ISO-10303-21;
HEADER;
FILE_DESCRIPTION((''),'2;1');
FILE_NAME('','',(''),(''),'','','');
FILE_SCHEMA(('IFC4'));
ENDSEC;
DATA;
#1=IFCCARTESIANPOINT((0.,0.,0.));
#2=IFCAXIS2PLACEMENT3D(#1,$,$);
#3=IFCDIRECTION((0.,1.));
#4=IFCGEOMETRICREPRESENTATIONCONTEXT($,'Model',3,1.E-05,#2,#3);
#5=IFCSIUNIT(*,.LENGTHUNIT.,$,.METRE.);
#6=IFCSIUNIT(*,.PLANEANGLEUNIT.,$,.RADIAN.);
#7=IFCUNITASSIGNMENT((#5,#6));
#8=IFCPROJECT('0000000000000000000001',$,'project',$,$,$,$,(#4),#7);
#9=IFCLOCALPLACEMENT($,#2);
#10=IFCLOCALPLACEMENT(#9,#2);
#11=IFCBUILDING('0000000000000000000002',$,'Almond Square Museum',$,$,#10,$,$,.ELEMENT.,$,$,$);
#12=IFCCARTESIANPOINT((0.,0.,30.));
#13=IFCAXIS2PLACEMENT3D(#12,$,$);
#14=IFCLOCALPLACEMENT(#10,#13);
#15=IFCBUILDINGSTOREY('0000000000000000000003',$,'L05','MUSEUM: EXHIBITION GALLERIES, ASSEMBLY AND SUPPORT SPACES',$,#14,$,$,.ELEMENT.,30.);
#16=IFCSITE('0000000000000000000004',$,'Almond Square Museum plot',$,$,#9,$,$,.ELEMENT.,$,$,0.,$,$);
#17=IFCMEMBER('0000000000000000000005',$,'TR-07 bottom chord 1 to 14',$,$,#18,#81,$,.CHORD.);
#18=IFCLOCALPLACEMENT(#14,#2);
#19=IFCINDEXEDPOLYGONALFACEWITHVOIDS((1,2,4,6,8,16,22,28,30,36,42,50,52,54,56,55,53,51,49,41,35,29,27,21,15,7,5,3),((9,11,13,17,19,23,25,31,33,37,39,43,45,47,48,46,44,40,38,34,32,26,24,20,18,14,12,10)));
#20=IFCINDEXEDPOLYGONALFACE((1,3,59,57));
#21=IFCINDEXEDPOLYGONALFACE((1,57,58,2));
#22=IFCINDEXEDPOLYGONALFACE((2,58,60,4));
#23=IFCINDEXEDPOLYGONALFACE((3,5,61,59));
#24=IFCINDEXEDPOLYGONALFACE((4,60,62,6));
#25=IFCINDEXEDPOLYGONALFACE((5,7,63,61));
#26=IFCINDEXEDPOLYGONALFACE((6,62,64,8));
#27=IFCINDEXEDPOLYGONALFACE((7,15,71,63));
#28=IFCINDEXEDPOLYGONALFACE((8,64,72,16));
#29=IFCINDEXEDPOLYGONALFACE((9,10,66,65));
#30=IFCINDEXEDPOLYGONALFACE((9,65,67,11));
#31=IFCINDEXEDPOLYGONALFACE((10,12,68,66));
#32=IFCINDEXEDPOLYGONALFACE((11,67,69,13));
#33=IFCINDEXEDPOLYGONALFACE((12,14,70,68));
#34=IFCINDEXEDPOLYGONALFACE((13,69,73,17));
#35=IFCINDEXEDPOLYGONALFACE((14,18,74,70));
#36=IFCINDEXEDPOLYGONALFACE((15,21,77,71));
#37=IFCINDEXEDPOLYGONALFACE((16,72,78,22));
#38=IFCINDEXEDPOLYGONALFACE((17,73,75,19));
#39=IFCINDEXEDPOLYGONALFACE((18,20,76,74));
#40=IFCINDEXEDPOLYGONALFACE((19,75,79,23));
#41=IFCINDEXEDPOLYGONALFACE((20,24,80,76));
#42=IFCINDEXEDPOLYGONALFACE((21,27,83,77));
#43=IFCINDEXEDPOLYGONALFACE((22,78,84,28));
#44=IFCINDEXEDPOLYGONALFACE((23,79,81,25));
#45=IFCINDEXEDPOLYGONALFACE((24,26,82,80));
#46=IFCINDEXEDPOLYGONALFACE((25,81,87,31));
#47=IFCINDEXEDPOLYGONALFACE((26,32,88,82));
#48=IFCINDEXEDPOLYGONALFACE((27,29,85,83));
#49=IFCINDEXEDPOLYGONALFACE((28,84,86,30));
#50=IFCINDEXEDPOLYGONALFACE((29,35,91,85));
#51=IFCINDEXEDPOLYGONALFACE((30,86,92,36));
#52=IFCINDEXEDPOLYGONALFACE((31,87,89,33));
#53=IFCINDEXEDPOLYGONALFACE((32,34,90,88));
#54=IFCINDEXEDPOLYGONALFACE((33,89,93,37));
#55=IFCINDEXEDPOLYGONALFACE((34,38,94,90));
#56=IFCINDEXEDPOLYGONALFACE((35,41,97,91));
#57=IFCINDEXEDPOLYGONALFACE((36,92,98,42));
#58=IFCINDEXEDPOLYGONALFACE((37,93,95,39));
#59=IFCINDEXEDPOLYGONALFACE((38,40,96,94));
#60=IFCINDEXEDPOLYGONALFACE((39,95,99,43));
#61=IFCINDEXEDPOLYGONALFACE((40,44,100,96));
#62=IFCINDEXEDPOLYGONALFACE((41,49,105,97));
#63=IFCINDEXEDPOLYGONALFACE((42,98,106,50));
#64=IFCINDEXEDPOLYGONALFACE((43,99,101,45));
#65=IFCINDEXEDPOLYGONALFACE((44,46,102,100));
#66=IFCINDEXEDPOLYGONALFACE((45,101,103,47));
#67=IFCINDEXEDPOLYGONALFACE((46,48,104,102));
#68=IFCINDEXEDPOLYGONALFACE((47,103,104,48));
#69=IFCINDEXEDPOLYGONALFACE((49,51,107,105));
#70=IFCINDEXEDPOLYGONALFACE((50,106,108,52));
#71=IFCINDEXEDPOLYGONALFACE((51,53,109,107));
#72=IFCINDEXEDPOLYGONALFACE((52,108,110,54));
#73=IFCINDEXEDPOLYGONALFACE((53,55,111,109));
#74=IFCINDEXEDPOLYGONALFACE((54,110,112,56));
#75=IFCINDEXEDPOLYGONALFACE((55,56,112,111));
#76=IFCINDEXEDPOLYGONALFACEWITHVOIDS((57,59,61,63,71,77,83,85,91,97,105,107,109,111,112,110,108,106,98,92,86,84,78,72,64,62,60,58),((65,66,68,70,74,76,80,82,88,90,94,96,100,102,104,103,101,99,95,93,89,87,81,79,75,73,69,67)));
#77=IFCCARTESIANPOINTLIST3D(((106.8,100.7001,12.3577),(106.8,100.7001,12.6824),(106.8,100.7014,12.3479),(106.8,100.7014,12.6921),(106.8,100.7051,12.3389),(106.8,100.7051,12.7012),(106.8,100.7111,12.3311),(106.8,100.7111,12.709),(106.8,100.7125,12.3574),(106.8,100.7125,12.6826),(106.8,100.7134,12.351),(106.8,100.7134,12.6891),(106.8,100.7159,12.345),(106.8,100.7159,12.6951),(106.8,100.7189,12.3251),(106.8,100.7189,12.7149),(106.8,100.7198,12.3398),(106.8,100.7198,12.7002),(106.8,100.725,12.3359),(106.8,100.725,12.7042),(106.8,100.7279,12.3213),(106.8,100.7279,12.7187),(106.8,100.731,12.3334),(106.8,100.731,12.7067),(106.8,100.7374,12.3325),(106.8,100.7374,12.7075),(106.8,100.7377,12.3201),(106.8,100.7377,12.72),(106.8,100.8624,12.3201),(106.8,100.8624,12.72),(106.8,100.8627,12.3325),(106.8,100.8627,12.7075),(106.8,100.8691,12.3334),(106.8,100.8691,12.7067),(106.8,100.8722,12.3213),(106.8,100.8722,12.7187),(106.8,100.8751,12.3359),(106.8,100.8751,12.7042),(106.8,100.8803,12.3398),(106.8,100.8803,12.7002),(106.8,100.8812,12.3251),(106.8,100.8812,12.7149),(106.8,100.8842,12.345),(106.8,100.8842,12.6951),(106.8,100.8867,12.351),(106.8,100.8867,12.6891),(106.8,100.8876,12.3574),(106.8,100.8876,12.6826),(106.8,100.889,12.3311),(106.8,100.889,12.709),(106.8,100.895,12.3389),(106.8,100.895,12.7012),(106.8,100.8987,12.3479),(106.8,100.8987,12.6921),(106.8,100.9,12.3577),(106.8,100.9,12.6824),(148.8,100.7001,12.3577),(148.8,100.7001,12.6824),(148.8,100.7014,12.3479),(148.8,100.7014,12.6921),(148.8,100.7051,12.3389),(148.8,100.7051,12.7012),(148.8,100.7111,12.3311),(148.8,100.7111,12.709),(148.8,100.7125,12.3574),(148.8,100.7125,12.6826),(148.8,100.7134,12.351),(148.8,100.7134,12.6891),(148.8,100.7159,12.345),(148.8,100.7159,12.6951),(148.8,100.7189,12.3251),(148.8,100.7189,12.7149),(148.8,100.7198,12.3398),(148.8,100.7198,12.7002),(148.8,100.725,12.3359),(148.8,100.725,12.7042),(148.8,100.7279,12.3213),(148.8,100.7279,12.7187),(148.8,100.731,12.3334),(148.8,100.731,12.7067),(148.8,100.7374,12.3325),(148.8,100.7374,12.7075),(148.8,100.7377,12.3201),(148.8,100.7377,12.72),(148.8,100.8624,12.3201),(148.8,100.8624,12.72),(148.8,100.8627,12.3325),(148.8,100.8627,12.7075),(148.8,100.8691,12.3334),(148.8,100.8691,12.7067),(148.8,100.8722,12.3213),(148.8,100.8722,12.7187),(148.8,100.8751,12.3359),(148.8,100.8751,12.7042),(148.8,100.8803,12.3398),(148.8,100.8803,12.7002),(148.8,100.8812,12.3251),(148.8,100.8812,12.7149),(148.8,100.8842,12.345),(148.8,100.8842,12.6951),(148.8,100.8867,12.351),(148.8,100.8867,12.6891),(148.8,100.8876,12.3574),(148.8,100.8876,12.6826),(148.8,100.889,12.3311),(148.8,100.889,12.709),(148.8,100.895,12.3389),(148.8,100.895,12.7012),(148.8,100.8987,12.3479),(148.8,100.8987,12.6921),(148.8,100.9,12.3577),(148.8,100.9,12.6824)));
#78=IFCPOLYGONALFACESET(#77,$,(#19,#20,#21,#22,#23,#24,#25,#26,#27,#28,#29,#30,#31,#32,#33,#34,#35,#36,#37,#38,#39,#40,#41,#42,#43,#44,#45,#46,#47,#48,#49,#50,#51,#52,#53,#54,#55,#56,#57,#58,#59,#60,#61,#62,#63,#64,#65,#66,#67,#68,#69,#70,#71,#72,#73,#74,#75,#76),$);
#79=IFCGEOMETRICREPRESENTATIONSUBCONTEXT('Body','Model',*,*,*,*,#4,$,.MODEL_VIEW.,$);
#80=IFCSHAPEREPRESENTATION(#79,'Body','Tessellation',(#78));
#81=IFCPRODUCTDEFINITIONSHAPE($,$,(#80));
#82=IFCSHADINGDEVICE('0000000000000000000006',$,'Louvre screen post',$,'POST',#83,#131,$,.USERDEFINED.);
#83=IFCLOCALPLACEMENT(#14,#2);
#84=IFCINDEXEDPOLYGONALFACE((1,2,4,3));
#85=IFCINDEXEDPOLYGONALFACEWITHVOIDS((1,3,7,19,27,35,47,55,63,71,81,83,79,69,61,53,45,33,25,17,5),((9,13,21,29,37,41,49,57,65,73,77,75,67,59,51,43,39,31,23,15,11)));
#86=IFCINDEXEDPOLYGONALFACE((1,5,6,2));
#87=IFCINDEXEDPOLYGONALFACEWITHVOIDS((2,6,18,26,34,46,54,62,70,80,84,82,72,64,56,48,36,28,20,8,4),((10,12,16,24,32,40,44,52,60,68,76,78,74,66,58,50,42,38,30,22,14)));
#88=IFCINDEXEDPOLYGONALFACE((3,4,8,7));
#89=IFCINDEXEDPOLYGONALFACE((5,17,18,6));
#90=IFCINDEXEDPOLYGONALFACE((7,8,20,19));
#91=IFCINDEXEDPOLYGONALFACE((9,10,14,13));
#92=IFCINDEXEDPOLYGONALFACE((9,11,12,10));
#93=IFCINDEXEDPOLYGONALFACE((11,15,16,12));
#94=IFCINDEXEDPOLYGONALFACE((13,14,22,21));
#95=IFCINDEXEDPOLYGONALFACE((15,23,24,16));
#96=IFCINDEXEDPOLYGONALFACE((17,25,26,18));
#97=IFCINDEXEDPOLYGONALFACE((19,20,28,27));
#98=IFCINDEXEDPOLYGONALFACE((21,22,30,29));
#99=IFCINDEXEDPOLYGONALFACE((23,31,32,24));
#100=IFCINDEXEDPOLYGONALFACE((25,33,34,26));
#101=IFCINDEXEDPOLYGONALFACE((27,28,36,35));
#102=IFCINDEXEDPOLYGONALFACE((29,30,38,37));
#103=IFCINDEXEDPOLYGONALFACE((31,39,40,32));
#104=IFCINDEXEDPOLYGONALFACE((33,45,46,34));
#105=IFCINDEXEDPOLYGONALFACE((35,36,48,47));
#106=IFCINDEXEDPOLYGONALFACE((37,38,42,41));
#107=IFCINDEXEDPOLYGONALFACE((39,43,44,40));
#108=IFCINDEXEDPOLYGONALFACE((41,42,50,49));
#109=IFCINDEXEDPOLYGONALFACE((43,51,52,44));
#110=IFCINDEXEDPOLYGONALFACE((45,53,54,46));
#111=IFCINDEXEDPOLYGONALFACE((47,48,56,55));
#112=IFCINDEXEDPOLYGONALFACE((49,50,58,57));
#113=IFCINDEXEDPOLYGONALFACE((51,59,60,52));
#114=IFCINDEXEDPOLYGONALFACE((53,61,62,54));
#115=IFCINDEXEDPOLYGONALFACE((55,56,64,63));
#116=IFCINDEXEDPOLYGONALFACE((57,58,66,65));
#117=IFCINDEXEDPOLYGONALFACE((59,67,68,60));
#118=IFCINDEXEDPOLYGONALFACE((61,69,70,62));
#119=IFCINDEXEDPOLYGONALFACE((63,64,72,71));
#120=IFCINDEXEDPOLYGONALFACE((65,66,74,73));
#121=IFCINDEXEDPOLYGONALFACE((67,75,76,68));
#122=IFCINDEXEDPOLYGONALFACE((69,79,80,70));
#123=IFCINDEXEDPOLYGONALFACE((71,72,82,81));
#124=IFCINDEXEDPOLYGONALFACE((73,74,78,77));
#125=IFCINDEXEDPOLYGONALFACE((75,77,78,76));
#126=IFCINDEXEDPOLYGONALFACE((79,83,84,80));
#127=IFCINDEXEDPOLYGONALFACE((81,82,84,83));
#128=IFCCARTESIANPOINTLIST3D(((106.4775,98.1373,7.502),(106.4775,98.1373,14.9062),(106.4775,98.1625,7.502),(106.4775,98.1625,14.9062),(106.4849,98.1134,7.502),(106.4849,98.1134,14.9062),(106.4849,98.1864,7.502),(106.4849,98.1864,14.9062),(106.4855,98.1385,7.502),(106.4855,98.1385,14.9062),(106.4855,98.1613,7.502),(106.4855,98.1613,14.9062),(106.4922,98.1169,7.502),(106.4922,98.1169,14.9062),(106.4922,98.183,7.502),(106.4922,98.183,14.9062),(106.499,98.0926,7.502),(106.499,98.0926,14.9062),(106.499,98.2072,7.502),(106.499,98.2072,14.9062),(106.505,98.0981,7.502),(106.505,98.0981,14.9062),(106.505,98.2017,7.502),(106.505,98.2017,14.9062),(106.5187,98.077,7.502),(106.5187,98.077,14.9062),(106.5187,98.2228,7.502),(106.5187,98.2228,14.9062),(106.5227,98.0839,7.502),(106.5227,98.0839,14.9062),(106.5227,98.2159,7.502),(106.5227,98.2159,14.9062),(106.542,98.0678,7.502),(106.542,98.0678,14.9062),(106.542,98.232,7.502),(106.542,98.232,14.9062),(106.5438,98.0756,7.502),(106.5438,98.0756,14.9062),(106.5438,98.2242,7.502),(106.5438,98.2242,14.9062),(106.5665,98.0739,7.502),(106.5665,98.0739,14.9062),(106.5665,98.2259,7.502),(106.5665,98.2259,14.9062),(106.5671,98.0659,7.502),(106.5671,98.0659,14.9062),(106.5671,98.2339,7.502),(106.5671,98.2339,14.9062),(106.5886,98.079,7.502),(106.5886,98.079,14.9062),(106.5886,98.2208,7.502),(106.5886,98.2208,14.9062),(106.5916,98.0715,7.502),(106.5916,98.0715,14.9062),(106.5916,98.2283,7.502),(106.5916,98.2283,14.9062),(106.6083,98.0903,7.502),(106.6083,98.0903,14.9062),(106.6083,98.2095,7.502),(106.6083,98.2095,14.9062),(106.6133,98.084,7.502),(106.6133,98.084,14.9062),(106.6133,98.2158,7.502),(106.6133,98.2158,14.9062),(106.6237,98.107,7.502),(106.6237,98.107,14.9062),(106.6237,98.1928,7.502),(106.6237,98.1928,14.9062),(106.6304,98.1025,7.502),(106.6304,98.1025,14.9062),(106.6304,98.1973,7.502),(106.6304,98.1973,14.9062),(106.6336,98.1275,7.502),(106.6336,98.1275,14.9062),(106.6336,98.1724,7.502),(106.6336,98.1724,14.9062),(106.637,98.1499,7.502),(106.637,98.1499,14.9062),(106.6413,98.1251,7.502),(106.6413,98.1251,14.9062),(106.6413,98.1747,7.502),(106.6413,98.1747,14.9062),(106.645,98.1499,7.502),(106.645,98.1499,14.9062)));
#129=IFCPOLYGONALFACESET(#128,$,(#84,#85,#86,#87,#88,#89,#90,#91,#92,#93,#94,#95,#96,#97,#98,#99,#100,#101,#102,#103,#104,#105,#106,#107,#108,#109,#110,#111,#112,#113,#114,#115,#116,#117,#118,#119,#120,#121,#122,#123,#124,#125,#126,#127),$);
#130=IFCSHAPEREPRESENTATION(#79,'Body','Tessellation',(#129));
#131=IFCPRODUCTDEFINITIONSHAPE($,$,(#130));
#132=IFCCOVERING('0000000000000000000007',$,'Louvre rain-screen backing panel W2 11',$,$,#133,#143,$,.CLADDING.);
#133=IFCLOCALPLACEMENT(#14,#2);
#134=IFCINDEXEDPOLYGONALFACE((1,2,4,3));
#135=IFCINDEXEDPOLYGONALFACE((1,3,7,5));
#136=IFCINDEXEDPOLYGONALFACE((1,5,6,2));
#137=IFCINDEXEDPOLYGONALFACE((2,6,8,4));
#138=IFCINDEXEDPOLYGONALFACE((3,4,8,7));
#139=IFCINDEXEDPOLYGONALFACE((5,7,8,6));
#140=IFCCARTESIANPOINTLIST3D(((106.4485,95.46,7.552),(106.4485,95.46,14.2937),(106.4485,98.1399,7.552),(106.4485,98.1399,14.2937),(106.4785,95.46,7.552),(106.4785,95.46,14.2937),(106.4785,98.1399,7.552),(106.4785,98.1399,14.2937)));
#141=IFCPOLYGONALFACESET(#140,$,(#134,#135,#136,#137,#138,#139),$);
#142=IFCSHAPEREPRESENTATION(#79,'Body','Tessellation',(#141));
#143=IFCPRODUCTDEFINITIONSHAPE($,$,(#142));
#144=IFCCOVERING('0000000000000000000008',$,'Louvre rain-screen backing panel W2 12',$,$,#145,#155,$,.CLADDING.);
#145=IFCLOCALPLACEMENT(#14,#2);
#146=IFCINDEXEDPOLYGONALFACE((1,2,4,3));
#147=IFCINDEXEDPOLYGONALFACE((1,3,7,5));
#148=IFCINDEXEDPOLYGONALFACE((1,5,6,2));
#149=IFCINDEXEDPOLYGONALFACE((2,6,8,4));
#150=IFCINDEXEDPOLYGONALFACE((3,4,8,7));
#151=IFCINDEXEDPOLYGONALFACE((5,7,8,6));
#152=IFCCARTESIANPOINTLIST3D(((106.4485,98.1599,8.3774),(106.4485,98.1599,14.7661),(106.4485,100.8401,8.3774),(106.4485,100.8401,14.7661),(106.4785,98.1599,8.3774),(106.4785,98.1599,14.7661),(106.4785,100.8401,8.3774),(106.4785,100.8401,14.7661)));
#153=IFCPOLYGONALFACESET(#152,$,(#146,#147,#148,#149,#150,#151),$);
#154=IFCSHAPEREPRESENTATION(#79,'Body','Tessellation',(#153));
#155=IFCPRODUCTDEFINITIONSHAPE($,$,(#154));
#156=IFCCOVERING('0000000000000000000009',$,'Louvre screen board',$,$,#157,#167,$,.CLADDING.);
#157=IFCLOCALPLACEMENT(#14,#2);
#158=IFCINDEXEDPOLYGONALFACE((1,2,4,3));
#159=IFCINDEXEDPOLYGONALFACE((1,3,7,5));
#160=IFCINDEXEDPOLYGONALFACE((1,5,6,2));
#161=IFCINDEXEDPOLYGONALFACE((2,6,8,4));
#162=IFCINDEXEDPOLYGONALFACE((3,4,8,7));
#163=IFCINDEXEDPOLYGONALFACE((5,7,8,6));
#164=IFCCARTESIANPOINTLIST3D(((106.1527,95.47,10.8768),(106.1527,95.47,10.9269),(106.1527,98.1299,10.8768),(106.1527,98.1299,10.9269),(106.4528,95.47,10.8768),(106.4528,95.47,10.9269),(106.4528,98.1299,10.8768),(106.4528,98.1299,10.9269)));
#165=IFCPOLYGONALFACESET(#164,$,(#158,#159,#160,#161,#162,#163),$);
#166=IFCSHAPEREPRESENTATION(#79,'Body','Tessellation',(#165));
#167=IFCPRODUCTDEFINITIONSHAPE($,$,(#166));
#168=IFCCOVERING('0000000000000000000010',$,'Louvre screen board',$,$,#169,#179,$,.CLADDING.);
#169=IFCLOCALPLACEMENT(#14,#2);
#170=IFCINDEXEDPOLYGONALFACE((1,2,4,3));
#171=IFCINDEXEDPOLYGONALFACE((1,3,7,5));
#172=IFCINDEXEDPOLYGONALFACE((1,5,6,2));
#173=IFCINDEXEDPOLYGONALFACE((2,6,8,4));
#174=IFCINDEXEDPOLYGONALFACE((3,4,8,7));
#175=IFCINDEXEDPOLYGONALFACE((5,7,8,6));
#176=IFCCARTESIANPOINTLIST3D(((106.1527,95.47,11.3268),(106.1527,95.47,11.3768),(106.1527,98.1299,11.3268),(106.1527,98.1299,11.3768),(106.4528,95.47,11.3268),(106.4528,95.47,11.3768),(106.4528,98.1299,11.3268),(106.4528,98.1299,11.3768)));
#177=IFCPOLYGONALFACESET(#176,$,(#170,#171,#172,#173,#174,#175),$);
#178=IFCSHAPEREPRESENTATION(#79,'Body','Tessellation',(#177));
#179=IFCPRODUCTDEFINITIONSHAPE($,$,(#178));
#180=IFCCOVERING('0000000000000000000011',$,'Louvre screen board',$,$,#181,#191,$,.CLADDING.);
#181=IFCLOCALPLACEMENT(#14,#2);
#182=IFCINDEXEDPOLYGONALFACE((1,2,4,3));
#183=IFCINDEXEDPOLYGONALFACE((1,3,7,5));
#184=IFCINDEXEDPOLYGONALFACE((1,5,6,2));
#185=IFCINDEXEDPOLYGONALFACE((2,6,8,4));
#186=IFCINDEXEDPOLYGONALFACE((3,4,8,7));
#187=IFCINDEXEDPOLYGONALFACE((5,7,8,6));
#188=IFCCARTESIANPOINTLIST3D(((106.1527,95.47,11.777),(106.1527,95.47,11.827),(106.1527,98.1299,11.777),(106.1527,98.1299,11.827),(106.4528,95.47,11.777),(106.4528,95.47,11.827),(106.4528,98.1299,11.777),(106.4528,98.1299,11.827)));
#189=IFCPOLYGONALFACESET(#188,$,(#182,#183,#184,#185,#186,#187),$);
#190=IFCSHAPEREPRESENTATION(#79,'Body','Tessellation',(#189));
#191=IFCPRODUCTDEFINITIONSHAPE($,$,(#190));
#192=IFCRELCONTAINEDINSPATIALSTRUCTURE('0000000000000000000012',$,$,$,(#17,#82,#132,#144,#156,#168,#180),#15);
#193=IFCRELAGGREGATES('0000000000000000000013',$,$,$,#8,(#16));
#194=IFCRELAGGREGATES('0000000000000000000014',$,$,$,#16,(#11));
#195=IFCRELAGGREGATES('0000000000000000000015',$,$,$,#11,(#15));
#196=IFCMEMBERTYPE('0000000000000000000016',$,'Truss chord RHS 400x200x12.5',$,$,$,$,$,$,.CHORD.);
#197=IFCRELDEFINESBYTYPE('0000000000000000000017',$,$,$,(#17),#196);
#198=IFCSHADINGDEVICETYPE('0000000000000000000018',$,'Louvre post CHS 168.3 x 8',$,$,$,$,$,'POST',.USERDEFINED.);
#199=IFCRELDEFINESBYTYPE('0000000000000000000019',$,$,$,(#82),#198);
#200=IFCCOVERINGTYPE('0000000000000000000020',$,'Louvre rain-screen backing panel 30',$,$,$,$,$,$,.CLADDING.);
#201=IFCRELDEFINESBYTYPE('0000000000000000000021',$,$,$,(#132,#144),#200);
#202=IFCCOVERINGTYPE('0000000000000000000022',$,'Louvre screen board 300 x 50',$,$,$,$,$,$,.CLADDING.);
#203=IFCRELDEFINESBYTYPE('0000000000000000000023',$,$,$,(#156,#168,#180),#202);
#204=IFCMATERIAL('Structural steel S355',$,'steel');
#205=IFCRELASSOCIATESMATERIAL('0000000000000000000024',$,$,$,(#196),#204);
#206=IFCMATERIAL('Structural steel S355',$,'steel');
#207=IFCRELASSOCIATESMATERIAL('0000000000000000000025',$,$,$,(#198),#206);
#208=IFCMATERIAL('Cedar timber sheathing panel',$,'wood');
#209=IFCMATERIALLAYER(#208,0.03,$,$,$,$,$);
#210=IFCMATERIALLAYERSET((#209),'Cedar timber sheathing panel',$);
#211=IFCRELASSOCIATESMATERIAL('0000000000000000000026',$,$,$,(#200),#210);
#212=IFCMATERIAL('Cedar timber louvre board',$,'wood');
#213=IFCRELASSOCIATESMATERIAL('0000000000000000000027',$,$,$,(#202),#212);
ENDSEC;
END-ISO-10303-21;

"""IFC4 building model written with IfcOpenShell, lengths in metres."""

from ifc_helpers import new_model, si_unit, direction, frame, origin, origin_2d, place, context, subcontext, project, spatial, polyline, rectangle, hollow_rectangle, hollow_circle, outline, extrude, material, layer, layer_set, material_profile, profile_set, type_object, element, save


model = new_model("IFC4")

# Units and contexts
model_context = context("Model", 3, precision=1e-05, world=origin(), true_north=direction((0.0, 1.0)))
body_context = subcontext(model_context, "Body", "Model", "MODEL_VIEW")
ifc_project = project(units=[si_unit("LENGTHUNIT", "METRE"), si_unit("PLANEANGLEUNIT", "RADIAN")], contexts=[model_context])

# Site, building, storey
site_placement = place(None, origin())
site = spatial("IfcSite", under=ifc_project, at=site_placement, Name="Almond Square Museum plot", CompositionType="ELEMENT", RefElevation=0.0)
building_placement = place(site_placement, origin())
building = spatial("IfcBuilding", under=site, at=building_placement, Name="Almond Square Museum", CompositionType="ELEMENT")
storey_placement = place(building_placement, frame((0.0, 0.0, 30.0)))
storey = spatial("IfcBuildingStorey", under=building, at=storey_placement, Name="L05", Description="MUSEUM: EXHIBITION GALLERIES, ASSEMBLY AND SUPPORT SPACES", CompositionType="ELEMENT", Elevation=30.0)

# Member
ifc_material_1 = material(Name="Structural steel S355", Category="steel")
ifc_material_profile_1 = material_profile(ifc_material_1, hollow_rectangle(XDim=0.2, YDim=0.3999, WallThickness=0.0125, InnerFilletRadius=0.0249, OuterFilletRadius=0.0376, at=origin_2d()))
ifc_profile_set_1 = profile_set([ifc_material_profile_1], Name="Structural steel S355")
member_type_1 = type_object("IfcMemberType", Name="Truss chord RHS 400x200x12.5", PredefinedType="CHORD", material=ifc_profile_set_1)
member_1_placement = place(storey_placement, frame((106.8, 100.8, 12.52), z_axis=(1.0, 0.0, 0.0), x_axis=(0.0, 1.0, 0.0)))
element("IfcMember", 1, at=member_1_placement, inside=storey, type_object=member_type_1, Name="TR-07 bottom chord 1 to 14", PredefinedType="CHORD", context=body_context, shape_type="SweptSolid", body=[
    extrude(hollow_rectangle(XDim=0.2, YDim=0.3999, WallThickness=0.0125, InnerFilletRadius=0.0249, OuterFilletRadius=0.0376, at=origin_2d()), origin(), (0.0, 0.0, 1.0), 42.0),
])

# Shading device
ifc_material_2 = material(Name="Structural steel S355", Category="steel")
ifc_material_profile_2 = material_profile(ifc_material_2, hollow_circle(Radius=0.0842, WallThickness=0.0081, at=origin_2d()))
ifc_profile_set_2 = profile_set([ifc_material_profile_2], Name="Structural steel S355")
shading_device_type = type_object("IfcShadingDeviceType", Name="Louvre post CHS 168.3 x 8", ElementType="POST", PredefinedType="USERDEFINED", material=ifc_profile_set_2)
shading_device_placement = place(storey_placement, frame((106.5608, 98.1499, 7.502), z_axis=(0.0, 0.0, 1.0), x_axis=(1.0, 0.0, 0.0)))
element("IfcShadingDevice", 2, at=shading_device_placement, inside=storey, type_object=shading_device_type, Name="Louvre screen post", ObjectType="POST", PredefinedType="USERDEFINED", context=body_context, shape_type="SweptSolid", body=[
    extrude(hollow_circle(Radius=0.0842, WallThickness=0.0081, at=origin_2d()), origin(), (0.0, 0.0, 1.0), 7.4043),
])

# Coverings
ifc_material_3 = material(Name="Cedar timber sheathing panel", Category="wood")
ifc_layer = layer(ifc_material_3, 0.03)
ifc_layer_set = layer_set([ifc_layer], Name="Cedar timber sheathing panel")
covering_type_1 = type_object("IfcCoveringType", Name="Louvre rain-screen backing panel 30", PredefinedType="CLADDING", material=ifc_layer_set)
covering_1_placement = place(storey_placement, frame((106.4636, 95.46, 7.552), z_axis=(1.0, 0.0, 0.0), x_axis=(0.0, 1.0, 0.0)))
element("IfcCovering", 3, at=covering_1_placement, inside=storey, type_object=covering_type_1, Name="Louvre rain-screen backing panel W2 11", PredefinedType="CLADDING", context=body_context, shape_type="SweptSolid", body=[
    extrude(outline(polyline([(0.0, 0.0), (2.6799, 0.0), (2.6799, 6.7417), (0.0, 6.7417), (0.0, 0.0)])), frame((0.0, 0.0, -0.0151)), (0.0, 0.0, 1.0), 0.03),
])
covering_2_placement = place(storey_placement, frame((106.4636, 98.1599, 8.3774), z_axis=(1.0, 0.0, 0.0), x_axis=(0.0, 1.0, 0.0)))
element("IfcCovering", 4, at=covering_2_placement, inside=storey, type_object=covering_type_1, Name="Louvre rain-screen backing panel W2 12", PredefinedType="CLADDING", context=body_context, shape_type="SweptSolid", body=[
    extrude(outline(polyline([(0.0, 0.0), (2.6802, 0.0), (2.6802, 6.3887), (0.0, 6.3887), (0.0, 0.0)])), frame((0.0, 0.0, -0.0151)), (0.0, 0.0, 1.0), 0.03),
])
ifc_material_4 = material(Name="Cedar timber louvre board", Category="wood")
ifc_material_profile_3 = material_profile(ifc_material_4, rectangle(XDim=0.3, YDim=0.05, at=origin_2d()))
ifc_profile_set_3 = profile_set([ifc_material_profile_3], Name="Cedar timber louvre board")
covering_type_2 = type_object("IfcCoveringType", Name="Louvre screen board 300 x 50", PredefinedType="CLADDING", material=ifc_profile_set_3)
for number, where, z_axis, x_axis, name in (
    (5, (106.3027, 95.47, 10.9019), (0.0, 1.0, 0.0), (-1.0, 0.0, 0.0), "Louvre screen board"),
    (6, (106.3027, 95.47, 11.3518), (0.0, 1.0, 0.0), (-1.0, 0.0, 0.0), "Louvre screen board"),
    (7, (106.3027, 95.47, 11.802), (0.0, 1.0, 0.0), (-1.0, 0.0, 0.0), "Louvre screen board"),
):
    element("IfcCovering", number, at=place(storey_placement, frame(where, z_axis=z_axis, x_axis=x_axis)), inside=storey, type_object=covering_type_2, Name=name, PredefinedType="CLADDING", context=body_context, shape_type="SweptSolid", body=[
        extrude(rectangle(XDim=0.3, YDim=0.05, at=origin_2d()), origin(), (0.0, 0.0, 1.0), 2.6599),
    ])

save(model, "model.ifc")
